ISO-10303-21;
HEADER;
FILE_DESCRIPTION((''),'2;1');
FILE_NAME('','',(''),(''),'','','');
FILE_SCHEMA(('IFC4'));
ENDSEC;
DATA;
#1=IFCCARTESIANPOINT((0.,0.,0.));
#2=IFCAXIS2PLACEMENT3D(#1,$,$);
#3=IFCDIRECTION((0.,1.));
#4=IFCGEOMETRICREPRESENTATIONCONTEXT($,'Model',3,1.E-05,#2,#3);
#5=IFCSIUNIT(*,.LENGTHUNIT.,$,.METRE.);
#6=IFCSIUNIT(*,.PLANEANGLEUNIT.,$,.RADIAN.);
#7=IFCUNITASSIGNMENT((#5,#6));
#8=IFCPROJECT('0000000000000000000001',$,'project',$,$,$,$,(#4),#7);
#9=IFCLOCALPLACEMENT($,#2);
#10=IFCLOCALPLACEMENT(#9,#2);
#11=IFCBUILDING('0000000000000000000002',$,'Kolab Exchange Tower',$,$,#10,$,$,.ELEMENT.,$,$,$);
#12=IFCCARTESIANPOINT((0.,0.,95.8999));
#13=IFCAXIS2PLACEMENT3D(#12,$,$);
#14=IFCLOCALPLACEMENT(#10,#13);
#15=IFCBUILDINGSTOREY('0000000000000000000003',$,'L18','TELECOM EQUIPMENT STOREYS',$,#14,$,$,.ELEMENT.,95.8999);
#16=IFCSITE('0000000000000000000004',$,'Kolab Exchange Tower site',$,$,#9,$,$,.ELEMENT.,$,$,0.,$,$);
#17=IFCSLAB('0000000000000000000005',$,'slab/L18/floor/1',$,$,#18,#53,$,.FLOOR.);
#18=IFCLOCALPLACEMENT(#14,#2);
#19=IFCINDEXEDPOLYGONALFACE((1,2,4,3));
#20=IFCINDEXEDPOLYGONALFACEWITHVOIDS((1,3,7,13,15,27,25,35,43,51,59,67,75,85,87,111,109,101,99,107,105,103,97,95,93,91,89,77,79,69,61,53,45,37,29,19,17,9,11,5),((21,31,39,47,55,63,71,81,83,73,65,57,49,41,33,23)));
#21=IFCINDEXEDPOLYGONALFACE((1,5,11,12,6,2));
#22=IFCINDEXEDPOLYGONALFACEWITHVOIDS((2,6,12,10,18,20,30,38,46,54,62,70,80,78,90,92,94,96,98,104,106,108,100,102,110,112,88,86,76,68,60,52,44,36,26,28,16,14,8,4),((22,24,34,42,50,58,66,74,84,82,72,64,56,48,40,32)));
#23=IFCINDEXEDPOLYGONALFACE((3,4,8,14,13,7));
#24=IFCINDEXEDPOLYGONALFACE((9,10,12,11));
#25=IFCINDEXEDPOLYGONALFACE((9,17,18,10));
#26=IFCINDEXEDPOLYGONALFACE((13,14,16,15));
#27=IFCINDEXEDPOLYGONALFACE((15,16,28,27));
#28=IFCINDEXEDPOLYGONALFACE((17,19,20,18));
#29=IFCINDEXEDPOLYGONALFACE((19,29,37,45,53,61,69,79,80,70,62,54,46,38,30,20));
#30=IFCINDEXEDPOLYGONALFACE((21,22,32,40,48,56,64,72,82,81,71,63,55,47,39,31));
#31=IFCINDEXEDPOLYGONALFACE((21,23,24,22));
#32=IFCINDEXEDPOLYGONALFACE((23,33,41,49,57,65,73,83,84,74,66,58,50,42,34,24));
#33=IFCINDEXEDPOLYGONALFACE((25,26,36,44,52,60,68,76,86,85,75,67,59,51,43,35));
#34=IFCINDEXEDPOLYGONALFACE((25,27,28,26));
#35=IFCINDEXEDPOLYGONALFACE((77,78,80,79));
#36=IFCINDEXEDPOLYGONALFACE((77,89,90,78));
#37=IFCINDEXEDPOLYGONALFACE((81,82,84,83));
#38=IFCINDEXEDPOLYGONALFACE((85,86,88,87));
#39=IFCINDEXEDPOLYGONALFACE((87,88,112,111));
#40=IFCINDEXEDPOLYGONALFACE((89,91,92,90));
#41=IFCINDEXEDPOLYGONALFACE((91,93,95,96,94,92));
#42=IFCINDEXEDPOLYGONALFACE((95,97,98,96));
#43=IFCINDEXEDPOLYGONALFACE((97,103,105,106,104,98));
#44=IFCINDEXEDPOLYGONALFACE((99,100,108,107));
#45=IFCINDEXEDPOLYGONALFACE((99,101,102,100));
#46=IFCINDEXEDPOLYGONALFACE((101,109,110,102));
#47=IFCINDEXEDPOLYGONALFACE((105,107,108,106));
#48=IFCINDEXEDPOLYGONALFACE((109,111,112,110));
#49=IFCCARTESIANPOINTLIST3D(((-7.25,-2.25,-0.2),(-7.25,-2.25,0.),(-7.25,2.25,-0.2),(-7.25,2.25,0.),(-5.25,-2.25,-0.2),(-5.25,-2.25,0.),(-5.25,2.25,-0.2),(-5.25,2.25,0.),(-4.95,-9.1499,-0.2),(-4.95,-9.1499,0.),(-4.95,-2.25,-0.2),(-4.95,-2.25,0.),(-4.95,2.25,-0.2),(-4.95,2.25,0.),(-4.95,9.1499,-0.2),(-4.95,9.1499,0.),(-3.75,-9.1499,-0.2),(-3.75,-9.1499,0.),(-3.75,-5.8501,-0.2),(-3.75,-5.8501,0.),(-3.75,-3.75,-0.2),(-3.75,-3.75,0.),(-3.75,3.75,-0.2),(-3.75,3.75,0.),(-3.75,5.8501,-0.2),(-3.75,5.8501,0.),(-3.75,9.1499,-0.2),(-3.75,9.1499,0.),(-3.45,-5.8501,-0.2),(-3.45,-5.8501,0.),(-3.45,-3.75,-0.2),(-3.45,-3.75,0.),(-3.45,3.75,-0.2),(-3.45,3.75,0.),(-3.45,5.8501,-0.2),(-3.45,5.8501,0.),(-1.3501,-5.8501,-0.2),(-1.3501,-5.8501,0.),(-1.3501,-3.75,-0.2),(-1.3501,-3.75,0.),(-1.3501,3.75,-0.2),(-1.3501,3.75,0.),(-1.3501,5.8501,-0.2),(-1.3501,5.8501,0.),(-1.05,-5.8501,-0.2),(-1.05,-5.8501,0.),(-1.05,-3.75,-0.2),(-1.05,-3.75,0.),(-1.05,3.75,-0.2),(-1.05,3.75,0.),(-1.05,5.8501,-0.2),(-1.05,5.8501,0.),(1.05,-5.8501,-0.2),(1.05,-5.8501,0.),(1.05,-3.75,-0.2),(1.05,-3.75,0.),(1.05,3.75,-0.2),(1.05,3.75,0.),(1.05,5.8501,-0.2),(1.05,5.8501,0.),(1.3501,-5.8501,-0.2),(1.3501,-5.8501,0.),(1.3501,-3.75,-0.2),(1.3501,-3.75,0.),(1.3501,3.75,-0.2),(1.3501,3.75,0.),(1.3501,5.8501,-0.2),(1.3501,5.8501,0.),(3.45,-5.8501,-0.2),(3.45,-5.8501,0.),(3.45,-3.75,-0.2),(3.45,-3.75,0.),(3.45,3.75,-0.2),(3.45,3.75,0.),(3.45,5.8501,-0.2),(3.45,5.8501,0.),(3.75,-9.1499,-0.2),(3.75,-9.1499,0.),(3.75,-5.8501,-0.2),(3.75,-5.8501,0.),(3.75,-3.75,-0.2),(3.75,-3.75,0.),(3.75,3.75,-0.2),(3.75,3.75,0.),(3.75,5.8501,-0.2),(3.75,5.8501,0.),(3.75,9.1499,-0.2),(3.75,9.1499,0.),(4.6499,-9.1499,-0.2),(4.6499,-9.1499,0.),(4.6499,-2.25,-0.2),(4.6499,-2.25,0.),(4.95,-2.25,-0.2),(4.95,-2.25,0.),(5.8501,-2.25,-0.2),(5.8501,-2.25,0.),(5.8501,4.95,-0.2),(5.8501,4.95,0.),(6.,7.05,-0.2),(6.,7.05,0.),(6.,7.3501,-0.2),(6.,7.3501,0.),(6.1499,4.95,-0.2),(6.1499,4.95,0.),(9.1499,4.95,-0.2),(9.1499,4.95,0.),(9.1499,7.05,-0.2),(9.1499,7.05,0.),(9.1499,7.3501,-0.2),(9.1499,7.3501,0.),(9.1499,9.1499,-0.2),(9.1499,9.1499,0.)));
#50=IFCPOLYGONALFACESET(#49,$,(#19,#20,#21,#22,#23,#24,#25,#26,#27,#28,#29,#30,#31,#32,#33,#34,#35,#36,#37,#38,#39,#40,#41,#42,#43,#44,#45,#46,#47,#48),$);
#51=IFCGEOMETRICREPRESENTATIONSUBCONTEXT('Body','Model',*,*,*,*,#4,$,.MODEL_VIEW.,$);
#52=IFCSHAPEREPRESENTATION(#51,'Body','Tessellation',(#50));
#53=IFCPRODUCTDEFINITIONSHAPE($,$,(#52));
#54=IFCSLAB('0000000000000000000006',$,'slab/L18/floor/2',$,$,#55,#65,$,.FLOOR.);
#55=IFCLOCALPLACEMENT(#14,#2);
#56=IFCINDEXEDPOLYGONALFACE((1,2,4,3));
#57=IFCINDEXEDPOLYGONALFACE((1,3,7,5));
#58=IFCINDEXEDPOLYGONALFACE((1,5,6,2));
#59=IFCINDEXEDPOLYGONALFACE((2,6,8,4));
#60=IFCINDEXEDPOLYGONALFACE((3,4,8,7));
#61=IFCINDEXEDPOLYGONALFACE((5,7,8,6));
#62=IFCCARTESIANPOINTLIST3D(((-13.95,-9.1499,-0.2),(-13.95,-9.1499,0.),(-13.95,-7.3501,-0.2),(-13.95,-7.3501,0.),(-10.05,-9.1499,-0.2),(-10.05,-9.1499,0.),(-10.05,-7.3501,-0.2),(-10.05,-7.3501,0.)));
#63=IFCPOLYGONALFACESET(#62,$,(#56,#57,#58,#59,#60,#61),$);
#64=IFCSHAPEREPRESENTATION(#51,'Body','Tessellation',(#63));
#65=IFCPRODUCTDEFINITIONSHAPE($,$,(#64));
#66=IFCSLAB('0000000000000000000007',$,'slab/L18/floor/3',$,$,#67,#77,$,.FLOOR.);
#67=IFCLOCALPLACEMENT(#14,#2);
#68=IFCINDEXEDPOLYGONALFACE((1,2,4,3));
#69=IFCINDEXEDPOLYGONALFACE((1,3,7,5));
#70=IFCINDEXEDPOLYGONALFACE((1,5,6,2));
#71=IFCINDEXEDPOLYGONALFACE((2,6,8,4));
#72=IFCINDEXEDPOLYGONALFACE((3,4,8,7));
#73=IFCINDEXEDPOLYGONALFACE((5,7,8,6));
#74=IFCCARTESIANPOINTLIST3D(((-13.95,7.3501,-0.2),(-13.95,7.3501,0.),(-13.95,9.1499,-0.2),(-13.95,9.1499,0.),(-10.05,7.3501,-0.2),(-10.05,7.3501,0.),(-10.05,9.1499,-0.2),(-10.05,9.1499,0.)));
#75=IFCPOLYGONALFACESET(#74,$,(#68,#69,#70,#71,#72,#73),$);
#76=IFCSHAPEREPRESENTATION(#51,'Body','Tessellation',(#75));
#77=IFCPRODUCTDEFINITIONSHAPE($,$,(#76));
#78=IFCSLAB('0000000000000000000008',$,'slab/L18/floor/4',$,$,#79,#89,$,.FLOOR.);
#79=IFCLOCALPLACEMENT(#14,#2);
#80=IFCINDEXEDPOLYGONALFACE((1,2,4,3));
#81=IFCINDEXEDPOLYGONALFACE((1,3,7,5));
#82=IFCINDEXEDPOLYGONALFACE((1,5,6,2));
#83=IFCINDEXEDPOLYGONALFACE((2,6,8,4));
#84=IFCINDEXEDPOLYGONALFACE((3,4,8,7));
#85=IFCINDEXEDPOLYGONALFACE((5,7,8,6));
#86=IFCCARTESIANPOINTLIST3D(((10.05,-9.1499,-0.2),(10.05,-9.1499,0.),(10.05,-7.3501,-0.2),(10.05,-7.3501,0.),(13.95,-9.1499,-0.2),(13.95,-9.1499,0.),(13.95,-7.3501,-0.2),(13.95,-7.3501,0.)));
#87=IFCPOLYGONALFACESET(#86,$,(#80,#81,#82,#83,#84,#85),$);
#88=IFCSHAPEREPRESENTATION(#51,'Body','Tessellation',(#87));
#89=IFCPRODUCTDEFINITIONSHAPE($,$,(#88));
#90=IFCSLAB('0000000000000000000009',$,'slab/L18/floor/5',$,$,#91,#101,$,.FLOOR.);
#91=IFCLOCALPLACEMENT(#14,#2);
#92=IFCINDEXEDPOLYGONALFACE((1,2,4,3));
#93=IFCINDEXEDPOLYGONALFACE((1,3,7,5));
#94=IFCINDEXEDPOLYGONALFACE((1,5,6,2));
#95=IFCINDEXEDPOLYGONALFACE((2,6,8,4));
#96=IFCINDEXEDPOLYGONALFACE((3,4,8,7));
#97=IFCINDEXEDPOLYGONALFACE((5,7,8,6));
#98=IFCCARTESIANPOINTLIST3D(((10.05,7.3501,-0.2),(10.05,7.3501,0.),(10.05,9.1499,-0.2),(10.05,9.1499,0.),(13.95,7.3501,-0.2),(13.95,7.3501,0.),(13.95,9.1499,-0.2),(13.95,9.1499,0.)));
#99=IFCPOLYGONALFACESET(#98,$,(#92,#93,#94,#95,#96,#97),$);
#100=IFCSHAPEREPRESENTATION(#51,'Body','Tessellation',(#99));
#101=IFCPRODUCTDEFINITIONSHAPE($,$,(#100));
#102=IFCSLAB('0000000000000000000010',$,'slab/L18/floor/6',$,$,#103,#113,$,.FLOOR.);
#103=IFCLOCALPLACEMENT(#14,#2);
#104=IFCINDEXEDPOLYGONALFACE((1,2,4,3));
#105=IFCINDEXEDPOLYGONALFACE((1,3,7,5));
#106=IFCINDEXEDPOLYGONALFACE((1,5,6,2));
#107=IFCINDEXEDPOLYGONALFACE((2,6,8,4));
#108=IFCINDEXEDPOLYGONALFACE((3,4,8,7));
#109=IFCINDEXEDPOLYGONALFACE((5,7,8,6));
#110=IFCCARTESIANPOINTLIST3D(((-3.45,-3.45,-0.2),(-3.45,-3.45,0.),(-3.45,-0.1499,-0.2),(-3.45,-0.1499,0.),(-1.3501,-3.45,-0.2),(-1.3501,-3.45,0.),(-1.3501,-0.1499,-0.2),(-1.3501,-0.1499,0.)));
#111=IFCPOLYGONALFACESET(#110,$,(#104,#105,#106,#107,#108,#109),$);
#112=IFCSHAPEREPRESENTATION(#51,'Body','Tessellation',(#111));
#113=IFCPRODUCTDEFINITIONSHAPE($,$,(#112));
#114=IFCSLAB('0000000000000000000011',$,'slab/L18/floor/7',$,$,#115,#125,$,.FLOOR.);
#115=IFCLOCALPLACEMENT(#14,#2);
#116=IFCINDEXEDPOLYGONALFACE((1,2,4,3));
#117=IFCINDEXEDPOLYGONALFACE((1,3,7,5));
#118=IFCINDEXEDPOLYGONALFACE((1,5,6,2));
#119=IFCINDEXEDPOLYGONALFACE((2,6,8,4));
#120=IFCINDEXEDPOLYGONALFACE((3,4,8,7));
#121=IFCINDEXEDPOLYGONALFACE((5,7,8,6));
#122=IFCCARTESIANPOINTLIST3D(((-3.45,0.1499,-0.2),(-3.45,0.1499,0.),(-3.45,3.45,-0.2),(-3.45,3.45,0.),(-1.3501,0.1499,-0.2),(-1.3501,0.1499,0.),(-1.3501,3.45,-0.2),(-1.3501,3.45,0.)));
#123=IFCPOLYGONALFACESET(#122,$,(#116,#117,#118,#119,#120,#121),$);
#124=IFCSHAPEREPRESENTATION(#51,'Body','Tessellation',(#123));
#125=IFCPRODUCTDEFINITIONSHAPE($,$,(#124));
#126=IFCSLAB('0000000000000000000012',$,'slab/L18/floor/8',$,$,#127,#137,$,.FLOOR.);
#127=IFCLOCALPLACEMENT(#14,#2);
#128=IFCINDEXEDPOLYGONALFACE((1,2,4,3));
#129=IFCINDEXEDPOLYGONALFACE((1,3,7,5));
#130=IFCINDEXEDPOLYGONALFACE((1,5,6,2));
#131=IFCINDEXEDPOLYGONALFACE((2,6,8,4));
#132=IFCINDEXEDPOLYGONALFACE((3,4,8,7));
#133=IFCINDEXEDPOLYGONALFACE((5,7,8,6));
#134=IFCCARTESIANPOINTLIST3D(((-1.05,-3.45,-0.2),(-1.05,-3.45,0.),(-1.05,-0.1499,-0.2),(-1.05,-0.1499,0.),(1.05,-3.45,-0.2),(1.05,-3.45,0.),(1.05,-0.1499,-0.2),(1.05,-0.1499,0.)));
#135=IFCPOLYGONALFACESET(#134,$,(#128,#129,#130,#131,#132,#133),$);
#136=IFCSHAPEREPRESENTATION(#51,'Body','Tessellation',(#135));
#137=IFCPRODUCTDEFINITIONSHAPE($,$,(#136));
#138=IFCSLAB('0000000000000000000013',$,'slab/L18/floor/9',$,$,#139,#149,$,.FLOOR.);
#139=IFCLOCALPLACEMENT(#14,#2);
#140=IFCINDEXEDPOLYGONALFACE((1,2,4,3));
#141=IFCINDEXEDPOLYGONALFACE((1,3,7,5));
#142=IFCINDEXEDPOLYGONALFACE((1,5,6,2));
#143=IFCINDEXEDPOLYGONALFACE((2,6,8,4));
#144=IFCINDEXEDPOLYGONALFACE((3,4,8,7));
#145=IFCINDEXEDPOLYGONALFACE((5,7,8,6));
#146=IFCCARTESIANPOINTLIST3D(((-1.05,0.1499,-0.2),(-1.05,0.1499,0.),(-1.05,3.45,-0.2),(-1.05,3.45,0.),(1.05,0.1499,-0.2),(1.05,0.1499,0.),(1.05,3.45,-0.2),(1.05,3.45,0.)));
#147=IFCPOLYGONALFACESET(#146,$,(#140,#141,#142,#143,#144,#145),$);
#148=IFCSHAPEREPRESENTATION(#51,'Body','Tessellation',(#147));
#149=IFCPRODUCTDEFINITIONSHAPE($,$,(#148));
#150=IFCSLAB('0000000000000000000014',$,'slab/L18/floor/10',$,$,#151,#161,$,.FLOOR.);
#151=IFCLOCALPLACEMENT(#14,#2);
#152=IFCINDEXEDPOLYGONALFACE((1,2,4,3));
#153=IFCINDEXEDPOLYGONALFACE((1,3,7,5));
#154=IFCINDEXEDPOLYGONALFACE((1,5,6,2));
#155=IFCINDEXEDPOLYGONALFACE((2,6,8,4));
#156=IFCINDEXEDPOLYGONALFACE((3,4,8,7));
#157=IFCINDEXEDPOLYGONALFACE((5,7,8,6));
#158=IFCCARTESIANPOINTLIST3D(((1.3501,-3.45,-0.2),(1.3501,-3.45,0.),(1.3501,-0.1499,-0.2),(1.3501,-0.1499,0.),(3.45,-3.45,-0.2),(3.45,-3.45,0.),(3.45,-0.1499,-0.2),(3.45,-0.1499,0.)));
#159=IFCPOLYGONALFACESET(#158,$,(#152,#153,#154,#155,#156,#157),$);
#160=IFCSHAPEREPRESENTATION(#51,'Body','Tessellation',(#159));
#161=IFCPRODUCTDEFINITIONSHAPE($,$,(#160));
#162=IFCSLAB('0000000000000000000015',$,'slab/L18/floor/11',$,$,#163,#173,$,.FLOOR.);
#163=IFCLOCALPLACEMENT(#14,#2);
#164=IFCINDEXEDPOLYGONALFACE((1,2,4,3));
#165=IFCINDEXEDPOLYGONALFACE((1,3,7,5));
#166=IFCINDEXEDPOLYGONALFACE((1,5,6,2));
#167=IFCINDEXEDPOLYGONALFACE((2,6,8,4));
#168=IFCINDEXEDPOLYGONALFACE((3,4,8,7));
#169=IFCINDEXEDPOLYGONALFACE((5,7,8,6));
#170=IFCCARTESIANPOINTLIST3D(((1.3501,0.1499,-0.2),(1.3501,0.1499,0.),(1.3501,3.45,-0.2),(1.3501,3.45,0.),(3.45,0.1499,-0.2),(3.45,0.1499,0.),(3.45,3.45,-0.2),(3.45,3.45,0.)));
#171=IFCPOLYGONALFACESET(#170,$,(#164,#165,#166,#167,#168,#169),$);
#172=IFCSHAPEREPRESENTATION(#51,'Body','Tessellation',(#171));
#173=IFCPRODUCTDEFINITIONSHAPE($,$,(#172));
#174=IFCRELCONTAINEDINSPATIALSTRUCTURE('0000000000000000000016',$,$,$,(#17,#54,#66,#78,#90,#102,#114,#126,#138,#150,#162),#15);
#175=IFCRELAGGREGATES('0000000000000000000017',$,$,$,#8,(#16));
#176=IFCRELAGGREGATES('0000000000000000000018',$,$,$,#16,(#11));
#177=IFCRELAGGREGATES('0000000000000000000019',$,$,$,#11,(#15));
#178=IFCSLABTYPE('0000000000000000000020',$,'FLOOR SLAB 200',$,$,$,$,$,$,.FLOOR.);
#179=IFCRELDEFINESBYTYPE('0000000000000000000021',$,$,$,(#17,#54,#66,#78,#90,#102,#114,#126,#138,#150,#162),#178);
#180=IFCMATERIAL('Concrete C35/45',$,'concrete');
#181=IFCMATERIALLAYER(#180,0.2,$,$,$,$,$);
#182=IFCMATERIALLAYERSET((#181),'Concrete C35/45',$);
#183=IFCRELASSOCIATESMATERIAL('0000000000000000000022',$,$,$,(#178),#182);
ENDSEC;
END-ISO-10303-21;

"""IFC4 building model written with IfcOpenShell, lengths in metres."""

from ifc_helpers import new_model, si_unit, direction, frame, origin, place, context, subcontext, project, spatial, polyline, outline, extrude, material, layer, layer_set, type_object, element, save


model = new_model("IFC4")

# Units and contexts
model_context = context("Model", 3, precision=1e-05, world=origin(), true_north=direction((0.0, 1.0)))
body_context = subcontext(model_context, "Body", "Model", "MODEL_VIEW")
ifc_project = project(units=[si_unit("LENGTHUNIT", "METRE"), si_unit("PLANEANGLEUNIT", "RADIAN")], contexts=[model_context])

# Site, building, storey
site_placement = place(None, origin())
site = spatial("IfcSite", under=ifc_project, at=site_placement, Name="Kolab Exchange Tower site", CompositionType="ELEMENT", RefElevation=0.0)
building_placement = place(site_placement, origin())
building = spatial("IfcBuilding", under=site, at=building_placement, Name="Kolab Exchange Tower", CompositionType="ELEMENT")
storey_placement = place(building_placement, frame((0.0, 0.0, 95.8999)))
storey = spatial("IfcBuildingStorey", under=building, at=storey_placement, Name="L18", Description="TELECOM EQUIPMENT STOREYS", CompositionType="ELEMENT", Elevation=95.8999)

# Slabs
ifc_material_1 = material(Name="Concrete C35/45", Category="concrete")
ifc_layer_1 = layer(ifc_material_1, 0.2)
ifc_layer_set_1 = layer_set([ifc_layer_1], Name="Concrete C35/45")
slab_type = type_object("IfcSlabType", Name="FLOOR SLAB 200", PredefinedType="FLOOR", material=ifc_layer_set_1)
slab_1_placement = place(storey_placement, frame((0.0, 0.0, -0.2)))
element("IfcSlab", 1, at=slab_1_placement, inside=storey, type_object=slab_type, Name="slab/L18/floor/1", PredefinedType="FLOOR", context=body_context, shape_type="SweptSolid", body=[
    extrude(outline(polyline([(-4.95, 9.1499), (-4.95, 2.25), (-5.25, 2.25), (-7.25, 2.25), (-7.25, -2.25), (-5.25, -2.25), (-4.95, -2.25), (-4.95, -9.1499), (-3.75, -9.1499), (-3.75, -5.8501), (-3.45, -5.8501), (-1.3501, -5.8501), (-1.05, -5.8501), (1.05, -5.8501), (1.3501, -5.8501), (3.45, -5.8501), (3.75, -5.8501), (3.75, -9.1499), (4.6499, -9.1499), (4.6499, -2.25), (4.95, -2.25), (5.8501, -2.25), (5.8501, 4.95), (6.1499, 4.95), (9.1499, 4.95), (9.1499, 7.05), (6.0, 7.05), (6.0, 7.3501), (9.1499, 7.3501), (9.1499, 9.1499), (3.75, 9.1499), (3.75, 5.8501), (3.45, 5.8501), (1.3501, 5.8501), (1.05, 5.8501), (-1.05, 5.8501), (-1.3501, 5.8501), (-3.45, 5.8501), (-3.75, 5.8501), (-3.75, 9.1499), (-4.95, 9.1499)]), holes=[polyline([(-3.75, -3.75), (-3.75, 3.75), (-3.45, 3.75), (-1.3501, 3.75), (-1.05, 3.75), (1.05, 3.75), (1.3501, 3.75), (3.45, 3.75), (3.75, 3.75), (3.75, -3.75), (3.45, -3.75), (1.3501, -3.75), (1.05, -3.75), (-1.05, -3.75), (-1.3501, -3.75), (-3.45, -3.75), (-3.75, -3.75)])]), origin(), (0.0, 0.0, 1.0), 0.2),
])
slab_2_placement = place(storey_placement, frame((0.0, 0.0, -0.2)))
element("IfcSlab", 2, at=slab_2_placement, inside=storey, type_object=slab_type, Name="slab/L18/floor/2", PredefinedType="FLOOR", context=body_context, shape_type="SweptSolid", body=[
    extrude(outline(polyline([(-10.05, -9.1499), (-10.05, -7.3501), (-13.95, -7.3501), (-13.95, -9.1499), (-10.05, -9.1499)])), origin(), (0.0, 0.0, 1.0), 0.2),
])
slab_3_placement = place(storey_placement, frame((0.0, 0.0, -0.2)))
element("IfcSlab", 3, at=slab_3_placement, inside=storey, type_object=slab_type, Name="slab/L18/floor/3", PredefinedType="FLOOR", context=body_context, shape_type="SweptSolid", body=[
    extrude(outline(polyline([(-10.05, 9.1499), (-13.95, 9.1499), (-13.95, 7.3501), (-10.05, 7.3501), (-10.05, 9.1499)])), origin(), (0.0, 0.0, 1.0), 0.2),
])
slab_4_placement = place(storey_placement, frame((0.0, 0.0, -0.2)))
element("IfcSlab", 4, at=slab_4_placement, inside=storey, type_object=slab_type, Name="slab/L18/floor/4", PredefinedType="FLOOR", context=body_context, shape_type="SweptSolid", body=[
    extrude(outline(polyline([(10.05, -9.1499), (13.95, -9.1499), (13.95, -7.3501), (10.05, -7.3501), (10.05, -9.1499)])), origin(), (0.0, 0.0, 1.0), 0.2),
])
slab_5_placement = place(storey_placement, frame((0.0, 0.0, -0.2)))
element("IfcSlab", 5, at=slab_5_placement, inside=storey, type_object=slab_type, Name="slab/L18/floor/5", PredefinedType="FLOOR", context=body_context, shape_type="SweptSolid", body=[
    extrude(outline(polyline([(13.95, 9.1499), (10.05, 9.1499), (10.05, 7.3501), (13.95, 7.3501), (13.95, 9.1499)])), origin(), (0.0, 0.0, 1.0), 0.2),
])
slab_6_placement = place(storey_placement, frame((0.0, 0.0, -0.2)))
element("IfcSlab", 6, at=slab_6_placement, inside=storey, type_object=slab_type, Name="slab/L18/floor/6", PredefinedType="FLOOR", context=body_context, shape_type="SweptSolid", body=[
    extrude(outline(polyline([(-1.3501, -3.45), (-1.3501, -0.1499), (-3.45, -0.1499), (-3.45, -3.45), (-1.3501, -3.45)])), origin(), (0.0, 0.0, 1.0), 0.2),
])
slab_7_placement = place(storey_placement, frame((0.0, 0.0, -0.2)))
element("IfcSlab", 7, at=slab_7_placement, inside=storey, type_object=slab_type, Name="slab/L18/floor/7", PredefinedType="FLOOR", context=body_context, shape_type="SweptSolid", body=[
    extrude(outline(polyline([(-1.3501, 0.1499), (-1.3501, 3.45), (-3.45, 3.45), (-3.45, 0.1499), (-1.3501, 0.1499)])), origin(), (0.0, 0.0, 1.0), 0.2),
])
slab_8_placement = place(storey_placement, frame((0.0, 0.0, -0.2)))
element("IfcSlab", 8, at=slab_8_placement, inside=storey, type_object=slab_type, Name="slab/L18/floor/8", PredefinedType="FLOOR", context=body_context, shape_type="SweptSolid", body=[
    extrude(outline(polyline([(-1.05, -0.1499), (-1.05, -3.45), (1.05, -3.45), (1.05, -0.1499), (-1.05, -0.1499)])), origin(), (0.0, 0.0, 1.0), 0.2),
])
slab_9_placement = place(storey_placement, frame((0.0, 0.0, -0.2)))
element("IfcSlab", 9, at=slab_9_placement, inside=storey, type_object=slab_type, Name="slab/L18/floor/9", PredefinedType="FLOOR", context=body_context, shape_type="SweptSolid", body=[
    extrude(outline(polyline([(-1.05, 3.45), (-1.05, 0.1499), (1.05, 0.1499), (1.05, 3.45), (-1.05, 3.45)])), origin(), (0.0, 0.0, 1.0), 0.2),
])
slab_10_placement = place(storey_placement, frame((0.0, 0.0, -0.2)))
element("IfcSlab", 10, at=slab_10_placement, inside=storey, type_object=slab_type, Name="slab/L18/floor/10", PredefinedType="FLOOR", context=body_context, shape_type="SweptSolid", body=[
    extrude(outline(polyline([(1.3501, -3.45), (3.45, -3.45), (3.45, -0.1499), (1.3501, -0.1499), (1.3501, -3.45)])), origin(), (0.0, 0.0, 1.0), 0.2),
])
slab_11_placement = place(storey_placement, frame((0.0, 0.0, -0.2)))
element("IfcSlab", 11, at=slab_11_placement, inside=storey, type_object=slab_type, Name="slab/L18/floor/11", PredefinedType="FLOOR", context=body_context, shape_type="SweptSolid", body=[
    extrude(outline(polyline([(1.3501, 0.1499), (3.45, 0.1499), (3.45, 3.45), (1.3501, 3.45), (1.3501, 0.1499)])), origin(), (0.0, 0.0, 1.0), 0.2),
])

save(model, "model.ifc")
